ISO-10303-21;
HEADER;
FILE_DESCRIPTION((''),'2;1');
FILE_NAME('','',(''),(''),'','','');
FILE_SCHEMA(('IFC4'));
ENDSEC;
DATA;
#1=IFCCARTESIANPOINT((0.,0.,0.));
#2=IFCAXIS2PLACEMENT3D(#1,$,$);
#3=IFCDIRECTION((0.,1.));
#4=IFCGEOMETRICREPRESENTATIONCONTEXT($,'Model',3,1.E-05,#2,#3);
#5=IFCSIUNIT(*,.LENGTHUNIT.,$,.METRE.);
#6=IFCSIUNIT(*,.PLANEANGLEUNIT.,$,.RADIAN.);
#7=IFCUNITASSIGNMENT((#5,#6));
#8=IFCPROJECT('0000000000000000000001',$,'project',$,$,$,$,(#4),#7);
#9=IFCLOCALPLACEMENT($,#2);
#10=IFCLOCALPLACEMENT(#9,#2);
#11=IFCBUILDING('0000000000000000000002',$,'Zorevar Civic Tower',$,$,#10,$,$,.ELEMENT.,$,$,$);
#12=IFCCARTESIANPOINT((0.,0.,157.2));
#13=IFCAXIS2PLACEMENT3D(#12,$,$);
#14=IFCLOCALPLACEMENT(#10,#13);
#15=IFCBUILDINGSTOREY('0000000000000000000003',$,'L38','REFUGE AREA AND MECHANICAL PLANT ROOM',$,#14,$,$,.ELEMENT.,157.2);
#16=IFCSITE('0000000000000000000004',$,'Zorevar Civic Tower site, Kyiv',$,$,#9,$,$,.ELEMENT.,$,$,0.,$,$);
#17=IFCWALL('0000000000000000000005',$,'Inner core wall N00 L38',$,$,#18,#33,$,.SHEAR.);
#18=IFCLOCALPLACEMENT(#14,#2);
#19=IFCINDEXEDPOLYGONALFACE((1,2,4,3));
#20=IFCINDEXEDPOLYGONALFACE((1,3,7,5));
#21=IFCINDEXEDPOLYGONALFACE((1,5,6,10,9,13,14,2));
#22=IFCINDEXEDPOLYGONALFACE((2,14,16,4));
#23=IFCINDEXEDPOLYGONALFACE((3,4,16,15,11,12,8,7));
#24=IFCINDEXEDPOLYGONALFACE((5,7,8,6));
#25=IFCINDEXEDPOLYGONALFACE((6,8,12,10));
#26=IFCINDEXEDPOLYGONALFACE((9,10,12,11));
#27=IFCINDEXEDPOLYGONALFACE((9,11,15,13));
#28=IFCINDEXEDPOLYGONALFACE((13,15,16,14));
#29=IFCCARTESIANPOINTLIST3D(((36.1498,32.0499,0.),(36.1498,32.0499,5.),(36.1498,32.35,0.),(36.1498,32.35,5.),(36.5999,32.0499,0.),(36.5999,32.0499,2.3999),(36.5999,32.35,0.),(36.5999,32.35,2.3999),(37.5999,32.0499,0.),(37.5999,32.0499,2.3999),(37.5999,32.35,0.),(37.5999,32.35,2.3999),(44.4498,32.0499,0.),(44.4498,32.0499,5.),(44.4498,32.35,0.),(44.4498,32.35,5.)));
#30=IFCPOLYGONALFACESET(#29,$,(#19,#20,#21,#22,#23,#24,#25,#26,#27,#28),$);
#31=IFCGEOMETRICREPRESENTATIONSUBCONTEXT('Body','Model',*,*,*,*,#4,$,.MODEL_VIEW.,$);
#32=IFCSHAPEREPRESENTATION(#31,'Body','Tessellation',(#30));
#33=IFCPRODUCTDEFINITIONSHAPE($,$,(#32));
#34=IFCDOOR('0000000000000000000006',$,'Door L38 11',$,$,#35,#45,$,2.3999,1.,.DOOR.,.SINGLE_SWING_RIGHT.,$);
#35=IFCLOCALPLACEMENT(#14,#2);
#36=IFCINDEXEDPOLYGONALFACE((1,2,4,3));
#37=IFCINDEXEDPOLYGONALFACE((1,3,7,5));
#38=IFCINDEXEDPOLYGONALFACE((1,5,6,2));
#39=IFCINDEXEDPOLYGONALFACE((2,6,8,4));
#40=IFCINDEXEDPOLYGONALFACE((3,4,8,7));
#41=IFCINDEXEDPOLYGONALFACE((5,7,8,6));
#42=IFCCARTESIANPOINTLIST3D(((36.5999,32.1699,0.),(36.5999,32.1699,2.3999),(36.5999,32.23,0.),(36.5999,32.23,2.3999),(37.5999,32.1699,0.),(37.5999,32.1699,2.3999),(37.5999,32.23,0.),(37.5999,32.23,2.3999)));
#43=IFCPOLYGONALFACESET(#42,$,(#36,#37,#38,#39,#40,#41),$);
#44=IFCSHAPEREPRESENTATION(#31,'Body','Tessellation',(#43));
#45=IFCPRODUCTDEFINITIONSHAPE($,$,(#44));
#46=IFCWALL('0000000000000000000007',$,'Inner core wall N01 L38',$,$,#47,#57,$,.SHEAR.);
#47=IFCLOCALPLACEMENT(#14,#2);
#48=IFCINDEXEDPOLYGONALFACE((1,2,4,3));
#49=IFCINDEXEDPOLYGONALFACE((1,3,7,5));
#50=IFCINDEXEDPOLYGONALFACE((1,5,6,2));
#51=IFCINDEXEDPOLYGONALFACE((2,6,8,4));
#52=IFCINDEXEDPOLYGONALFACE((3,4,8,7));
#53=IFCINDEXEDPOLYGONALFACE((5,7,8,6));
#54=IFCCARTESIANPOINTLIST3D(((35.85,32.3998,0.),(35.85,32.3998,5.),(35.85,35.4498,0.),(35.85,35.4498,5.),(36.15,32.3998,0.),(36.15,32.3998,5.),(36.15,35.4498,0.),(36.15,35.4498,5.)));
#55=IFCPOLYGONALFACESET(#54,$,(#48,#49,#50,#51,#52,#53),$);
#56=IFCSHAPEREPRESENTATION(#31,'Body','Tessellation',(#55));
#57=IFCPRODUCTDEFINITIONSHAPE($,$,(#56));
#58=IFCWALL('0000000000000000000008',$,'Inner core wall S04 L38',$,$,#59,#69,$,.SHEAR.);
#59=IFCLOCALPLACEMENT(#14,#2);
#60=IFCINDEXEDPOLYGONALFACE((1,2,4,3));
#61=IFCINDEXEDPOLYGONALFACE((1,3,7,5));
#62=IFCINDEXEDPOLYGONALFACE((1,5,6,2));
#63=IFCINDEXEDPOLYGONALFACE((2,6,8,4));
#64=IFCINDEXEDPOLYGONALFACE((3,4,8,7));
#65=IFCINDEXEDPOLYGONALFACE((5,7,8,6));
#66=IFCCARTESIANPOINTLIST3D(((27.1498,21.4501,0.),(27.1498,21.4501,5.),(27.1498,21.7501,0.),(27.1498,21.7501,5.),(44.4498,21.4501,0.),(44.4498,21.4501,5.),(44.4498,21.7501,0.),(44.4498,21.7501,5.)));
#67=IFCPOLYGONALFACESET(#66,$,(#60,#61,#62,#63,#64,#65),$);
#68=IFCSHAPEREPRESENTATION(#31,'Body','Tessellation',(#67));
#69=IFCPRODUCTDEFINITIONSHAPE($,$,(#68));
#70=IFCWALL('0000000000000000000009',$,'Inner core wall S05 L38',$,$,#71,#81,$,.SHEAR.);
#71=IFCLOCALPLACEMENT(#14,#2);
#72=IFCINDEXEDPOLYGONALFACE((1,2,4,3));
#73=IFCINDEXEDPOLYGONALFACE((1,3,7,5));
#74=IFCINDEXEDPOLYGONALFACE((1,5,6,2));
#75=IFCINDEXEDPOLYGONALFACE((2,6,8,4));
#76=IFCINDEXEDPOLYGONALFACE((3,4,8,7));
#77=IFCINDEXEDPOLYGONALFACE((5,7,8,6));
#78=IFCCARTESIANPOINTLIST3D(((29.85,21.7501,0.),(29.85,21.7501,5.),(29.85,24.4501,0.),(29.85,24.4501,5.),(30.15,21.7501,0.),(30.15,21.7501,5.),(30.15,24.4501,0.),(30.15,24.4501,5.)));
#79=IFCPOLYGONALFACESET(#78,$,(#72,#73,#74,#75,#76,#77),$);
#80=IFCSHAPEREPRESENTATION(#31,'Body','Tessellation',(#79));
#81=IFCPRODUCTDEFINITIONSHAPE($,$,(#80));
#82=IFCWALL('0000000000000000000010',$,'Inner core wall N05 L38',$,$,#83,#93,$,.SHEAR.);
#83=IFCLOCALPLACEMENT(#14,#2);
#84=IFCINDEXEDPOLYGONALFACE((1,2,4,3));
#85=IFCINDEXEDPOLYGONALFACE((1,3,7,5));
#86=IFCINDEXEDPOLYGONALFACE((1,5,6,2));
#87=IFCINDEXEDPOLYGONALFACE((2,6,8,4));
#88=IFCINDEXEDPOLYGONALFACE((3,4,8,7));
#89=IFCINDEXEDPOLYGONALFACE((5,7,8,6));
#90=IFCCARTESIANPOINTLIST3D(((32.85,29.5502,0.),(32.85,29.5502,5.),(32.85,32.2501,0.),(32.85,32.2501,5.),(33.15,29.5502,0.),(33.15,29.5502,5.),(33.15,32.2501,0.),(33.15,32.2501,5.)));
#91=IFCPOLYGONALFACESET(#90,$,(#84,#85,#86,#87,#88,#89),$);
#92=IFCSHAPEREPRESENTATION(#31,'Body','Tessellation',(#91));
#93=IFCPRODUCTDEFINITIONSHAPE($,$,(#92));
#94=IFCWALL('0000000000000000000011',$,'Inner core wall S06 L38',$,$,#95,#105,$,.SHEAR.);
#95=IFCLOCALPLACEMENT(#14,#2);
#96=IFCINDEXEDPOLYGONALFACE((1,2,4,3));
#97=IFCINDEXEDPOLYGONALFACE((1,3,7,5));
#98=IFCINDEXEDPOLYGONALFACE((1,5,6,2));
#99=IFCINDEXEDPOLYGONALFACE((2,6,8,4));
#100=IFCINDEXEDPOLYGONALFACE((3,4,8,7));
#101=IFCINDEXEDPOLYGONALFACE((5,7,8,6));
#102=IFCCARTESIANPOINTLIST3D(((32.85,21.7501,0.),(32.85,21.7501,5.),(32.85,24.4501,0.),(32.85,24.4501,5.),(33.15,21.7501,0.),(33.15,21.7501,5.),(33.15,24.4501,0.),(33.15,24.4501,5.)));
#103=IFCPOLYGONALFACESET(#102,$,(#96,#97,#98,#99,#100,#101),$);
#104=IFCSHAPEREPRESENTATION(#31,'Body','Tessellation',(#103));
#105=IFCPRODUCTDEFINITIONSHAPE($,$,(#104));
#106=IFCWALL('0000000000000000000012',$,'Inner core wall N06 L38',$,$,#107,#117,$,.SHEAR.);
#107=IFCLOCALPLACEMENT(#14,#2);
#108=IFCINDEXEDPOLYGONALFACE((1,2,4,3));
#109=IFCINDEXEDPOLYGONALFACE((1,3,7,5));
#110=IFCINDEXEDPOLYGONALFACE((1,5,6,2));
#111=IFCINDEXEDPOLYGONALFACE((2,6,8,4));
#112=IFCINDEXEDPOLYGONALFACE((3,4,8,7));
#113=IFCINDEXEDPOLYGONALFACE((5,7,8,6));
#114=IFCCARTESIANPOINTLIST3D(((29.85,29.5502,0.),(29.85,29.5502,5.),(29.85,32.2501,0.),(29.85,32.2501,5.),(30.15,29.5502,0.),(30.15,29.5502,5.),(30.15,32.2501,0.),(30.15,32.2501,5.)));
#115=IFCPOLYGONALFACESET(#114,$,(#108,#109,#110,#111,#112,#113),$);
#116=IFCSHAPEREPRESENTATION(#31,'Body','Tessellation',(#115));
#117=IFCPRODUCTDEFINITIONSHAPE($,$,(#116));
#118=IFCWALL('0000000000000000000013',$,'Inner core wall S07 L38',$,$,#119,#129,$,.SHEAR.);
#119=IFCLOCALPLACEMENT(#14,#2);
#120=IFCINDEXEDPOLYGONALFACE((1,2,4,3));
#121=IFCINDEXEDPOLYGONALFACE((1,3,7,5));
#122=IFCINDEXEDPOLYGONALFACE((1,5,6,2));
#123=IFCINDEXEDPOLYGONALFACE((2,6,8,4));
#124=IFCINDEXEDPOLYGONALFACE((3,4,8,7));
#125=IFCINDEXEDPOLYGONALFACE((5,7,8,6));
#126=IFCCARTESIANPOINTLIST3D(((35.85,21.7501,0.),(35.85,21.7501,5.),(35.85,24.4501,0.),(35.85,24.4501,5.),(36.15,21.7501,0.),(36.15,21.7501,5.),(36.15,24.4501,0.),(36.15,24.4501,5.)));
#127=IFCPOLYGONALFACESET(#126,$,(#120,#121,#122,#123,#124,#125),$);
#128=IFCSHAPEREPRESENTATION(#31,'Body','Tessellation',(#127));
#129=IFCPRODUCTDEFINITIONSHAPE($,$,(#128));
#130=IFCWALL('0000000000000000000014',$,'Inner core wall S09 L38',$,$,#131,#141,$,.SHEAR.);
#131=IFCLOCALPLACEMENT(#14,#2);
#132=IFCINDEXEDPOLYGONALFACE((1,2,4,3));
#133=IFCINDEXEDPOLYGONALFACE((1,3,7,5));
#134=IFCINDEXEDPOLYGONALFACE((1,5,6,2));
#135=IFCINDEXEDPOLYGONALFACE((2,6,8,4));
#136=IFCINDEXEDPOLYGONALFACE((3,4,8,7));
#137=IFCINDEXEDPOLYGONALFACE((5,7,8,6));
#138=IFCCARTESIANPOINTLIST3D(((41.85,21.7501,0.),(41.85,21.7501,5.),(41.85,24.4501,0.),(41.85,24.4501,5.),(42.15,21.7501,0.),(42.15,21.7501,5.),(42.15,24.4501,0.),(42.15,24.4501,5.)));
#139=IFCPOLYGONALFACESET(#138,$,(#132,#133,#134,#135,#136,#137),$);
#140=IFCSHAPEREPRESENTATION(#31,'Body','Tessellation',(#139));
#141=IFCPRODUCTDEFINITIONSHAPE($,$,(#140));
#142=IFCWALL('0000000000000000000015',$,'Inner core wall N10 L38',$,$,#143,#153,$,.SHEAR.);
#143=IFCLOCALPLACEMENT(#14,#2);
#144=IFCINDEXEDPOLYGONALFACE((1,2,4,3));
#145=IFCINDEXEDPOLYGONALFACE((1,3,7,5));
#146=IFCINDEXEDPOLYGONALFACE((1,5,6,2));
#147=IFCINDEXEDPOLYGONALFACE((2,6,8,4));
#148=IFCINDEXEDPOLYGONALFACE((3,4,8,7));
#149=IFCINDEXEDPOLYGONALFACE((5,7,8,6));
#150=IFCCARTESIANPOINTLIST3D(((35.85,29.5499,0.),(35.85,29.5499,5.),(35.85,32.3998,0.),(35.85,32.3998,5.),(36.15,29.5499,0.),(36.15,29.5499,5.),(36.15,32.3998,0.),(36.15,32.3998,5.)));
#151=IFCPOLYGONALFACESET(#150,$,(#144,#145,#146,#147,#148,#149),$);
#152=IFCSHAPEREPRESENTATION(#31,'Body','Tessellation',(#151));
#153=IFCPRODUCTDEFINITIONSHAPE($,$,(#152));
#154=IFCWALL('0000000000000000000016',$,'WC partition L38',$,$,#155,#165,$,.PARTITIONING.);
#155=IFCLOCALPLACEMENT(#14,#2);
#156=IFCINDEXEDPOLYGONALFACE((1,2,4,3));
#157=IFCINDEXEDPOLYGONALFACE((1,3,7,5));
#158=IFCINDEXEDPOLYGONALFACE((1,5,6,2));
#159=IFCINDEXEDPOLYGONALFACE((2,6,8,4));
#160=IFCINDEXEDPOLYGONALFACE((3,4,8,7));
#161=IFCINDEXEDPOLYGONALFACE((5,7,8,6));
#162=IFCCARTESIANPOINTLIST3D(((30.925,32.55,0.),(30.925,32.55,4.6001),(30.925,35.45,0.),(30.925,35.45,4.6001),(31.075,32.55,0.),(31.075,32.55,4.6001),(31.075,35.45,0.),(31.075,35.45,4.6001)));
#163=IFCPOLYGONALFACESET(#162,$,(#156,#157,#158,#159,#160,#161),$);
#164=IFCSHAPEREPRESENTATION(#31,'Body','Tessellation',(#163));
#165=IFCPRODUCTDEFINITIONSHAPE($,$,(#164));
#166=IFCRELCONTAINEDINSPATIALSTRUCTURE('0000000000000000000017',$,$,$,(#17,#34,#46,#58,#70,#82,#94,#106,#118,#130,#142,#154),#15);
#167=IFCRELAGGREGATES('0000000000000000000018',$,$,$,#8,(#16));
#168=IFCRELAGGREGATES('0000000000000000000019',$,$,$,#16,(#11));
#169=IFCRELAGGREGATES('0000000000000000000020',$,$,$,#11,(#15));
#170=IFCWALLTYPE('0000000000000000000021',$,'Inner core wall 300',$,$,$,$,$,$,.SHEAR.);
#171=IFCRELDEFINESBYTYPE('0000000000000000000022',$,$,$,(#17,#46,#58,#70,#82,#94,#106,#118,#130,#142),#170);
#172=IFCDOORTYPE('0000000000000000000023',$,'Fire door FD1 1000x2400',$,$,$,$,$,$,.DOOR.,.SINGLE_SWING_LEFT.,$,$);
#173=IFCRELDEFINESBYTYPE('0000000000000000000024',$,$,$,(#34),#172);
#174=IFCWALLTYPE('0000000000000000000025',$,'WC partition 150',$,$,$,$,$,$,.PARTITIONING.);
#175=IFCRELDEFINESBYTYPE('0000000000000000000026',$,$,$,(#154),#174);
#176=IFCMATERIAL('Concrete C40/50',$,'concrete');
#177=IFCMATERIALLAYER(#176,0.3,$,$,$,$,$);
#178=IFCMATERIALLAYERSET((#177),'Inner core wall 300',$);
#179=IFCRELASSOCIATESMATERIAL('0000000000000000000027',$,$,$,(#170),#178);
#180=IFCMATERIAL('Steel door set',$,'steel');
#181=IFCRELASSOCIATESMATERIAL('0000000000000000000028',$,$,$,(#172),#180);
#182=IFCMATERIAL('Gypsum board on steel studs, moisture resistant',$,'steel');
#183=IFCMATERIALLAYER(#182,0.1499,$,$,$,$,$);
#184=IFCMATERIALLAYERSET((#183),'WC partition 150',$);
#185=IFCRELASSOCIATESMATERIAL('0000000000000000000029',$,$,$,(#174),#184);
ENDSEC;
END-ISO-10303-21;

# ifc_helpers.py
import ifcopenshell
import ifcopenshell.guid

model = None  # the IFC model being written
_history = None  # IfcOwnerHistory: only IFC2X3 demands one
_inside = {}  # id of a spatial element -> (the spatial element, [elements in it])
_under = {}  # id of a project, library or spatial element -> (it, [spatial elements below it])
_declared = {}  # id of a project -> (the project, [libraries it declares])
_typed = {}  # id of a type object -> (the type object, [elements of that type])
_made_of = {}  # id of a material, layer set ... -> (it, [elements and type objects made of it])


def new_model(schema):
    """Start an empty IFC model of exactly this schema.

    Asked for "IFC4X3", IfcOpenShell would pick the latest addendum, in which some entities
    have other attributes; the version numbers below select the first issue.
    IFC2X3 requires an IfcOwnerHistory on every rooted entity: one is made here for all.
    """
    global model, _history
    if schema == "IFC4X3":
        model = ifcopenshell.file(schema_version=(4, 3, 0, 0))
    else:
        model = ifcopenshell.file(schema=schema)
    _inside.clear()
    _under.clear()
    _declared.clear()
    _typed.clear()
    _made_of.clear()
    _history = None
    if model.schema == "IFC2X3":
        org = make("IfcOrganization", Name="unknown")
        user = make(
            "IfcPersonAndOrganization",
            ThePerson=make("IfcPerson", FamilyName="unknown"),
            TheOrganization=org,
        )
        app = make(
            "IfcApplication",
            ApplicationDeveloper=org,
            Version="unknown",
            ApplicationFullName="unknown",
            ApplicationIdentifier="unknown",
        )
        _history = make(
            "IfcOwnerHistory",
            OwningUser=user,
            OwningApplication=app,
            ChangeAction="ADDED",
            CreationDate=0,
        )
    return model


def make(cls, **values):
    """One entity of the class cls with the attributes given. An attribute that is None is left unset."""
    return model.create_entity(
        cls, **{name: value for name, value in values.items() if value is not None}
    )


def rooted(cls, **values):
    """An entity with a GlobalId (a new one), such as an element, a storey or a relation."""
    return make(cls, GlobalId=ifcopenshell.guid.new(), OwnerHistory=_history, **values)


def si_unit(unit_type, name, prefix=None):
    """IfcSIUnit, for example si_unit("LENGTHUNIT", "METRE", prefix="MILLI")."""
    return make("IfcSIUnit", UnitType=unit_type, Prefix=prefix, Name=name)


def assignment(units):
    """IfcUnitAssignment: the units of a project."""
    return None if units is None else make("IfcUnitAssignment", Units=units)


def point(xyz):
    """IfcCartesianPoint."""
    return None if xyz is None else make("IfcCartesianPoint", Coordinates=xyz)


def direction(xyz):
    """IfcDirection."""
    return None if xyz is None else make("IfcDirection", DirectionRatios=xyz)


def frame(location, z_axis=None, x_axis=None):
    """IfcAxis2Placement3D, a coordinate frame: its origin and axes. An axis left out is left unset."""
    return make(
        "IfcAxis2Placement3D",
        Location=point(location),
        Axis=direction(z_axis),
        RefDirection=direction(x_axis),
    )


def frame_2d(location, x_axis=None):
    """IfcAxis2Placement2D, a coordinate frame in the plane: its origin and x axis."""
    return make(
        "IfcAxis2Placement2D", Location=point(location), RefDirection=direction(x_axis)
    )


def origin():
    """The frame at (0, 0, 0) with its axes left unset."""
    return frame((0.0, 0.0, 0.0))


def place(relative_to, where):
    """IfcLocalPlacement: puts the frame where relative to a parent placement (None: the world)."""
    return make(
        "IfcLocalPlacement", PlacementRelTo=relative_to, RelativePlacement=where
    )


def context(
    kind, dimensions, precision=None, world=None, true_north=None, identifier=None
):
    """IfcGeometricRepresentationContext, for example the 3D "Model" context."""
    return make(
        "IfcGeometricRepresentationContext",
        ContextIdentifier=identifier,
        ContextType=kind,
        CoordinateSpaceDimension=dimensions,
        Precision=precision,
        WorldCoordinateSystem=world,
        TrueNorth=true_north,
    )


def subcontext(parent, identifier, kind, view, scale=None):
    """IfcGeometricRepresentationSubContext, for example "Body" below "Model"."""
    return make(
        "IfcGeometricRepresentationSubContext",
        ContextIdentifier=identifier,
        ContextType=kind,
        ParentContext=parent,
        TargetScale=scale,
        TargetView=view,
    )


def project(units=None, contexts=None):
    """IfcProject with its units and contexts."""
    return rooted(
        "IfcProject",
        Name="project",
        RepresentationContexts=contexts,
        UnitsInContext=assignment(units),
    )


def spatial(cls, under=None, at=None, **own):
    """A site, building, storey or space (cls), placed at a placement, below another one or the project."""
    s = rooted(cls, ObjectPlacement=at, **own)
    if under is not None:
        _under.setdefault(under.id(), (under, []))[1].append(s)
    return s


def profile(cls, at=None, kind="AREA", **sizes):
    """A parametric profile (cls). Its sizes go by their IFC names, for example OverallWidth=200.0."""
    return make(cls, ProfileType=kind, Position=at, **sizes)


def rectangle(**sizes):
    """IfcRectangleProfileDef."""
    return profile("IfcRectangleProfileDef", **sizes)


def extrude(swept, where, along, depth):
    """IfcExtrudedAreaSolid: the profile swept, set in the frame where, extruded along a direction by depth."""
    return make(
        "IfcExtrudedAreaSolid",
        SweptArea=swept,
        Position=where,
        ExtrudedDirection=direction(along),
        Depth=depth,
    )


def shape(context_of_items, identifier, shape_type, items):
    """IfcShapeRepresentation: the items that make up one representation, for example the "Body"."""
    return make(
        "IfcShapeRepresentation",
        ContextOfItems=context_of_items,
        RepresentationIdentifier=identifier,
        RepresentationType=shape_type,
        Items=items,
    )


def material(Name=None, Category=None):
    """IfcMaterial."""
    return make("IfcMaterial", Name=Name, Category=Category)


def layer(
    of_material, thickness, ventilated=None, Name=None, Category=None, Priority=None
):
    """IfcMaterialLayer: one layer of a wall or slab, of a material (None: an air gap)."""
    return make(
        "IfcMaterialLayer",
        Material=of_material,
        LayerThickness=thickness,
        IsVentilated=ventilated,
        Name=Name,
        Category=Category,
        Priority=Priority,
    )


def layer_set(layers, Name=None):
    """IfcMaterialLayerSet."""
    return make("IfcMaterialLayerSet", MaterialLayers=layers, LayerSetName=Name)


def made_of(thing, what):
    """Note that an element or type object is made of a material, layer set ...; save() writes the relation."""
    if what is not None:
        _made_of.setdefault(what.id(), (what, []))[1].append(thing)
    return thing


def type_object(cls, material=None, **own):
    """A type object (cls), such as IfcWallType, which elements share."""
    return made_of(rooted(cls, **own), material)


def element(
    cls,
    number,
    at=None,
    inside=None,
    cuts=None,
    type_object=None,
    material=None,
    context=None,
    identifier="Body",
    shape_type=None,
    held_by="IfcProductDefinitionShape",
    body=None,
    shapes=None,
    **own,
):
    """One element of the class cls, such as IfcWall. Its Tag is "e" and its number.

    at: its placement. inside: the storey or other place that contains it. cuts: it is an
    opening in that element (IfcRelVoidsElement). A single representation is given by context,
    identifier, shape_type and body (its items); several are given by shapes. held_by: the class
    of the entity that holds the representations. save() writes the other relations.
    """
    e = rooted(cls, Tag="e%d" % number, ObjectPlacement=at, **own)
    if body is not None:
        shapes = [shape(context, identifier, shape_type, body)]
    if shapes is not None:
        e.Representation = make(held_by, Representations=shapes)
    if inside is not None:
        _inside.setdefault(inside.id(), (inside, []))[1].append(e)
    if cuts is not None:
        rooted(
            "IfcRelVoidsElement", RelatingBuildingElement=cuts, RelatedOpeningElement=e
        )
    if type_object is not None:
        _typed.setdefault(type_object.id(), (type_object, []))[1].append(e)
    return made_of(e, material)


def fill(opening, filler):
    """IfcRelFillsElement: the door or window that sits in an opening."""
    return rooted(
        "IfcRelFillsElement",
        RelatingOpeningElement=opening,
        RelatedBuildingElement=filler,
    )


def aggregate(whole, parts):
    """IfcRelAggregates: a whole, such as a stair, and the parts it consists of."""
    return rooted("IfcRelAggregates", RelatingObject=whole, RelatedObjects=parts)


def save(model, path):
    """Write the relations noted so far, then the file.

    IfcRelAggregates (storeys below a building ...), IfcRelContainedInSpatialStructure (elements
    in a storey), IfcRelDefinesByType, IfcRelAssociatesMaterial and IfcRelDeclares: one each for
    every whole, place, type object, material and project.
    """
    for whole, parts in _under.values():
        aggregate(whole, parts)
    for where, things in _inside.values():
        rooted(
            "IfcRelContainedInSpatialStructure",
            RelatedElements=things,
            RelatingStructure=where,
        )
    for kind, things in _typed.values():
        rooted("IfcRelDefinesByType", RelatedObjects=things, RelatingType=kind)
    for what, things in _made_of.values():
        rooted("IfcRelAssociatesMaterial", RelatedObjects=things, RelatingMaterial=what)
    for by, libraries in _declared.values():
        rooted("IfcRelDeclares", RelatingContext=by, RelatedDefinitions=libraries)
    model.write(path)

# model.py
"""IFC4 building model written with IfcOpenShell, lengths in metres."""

from ifc_helpers import new_model, si_unit, direction, frame, frame_2d, origin, place, context, subcontext, project, spatial, rectangle, extrude, material, layer, layer_set, type_object, element, fill, save


model = new_model("IFC4")

# Units and contexts
model_context = context("Model", 3, precision=1e-05, world=origin(), true_north=direction((0.0, 1.0)))
body_context = subcontext(model_context, "Body", "Model", "MODEL_VIEW")
ifc_project = project(units=[si_unit("LENGTHUNIT", "METRE"), si_unit("PLANEANGLEUNIT", "RADIAN")], contexts=[model_context])

# Site, building, storey
site_placement = place(None, origin())
site = spatial("IfcSite", under=ifc_project, at=site_placement, Name="Zorevar Civic Tower site, Kyiv", CompositionType="ELEMENT", RefElevation=0.0)
building_placement = place(site_placement, origin())
building = spatial("IfcBuilding", under=site, at=building_placement, Name="Zorevar Civic Tower", CompositionType="ELEMENT")
storey_placement = place(building_placement, frame((0.0, 0.0, 157.2)))
storey = spatial("IfcBuildingStorey", under=building, at=storey_placement, Name="L38", Description="REFUGE AREA AND MECHANICAL PLANT ROOM", CompositionType="ELEMENT", Elevation=157.2)

# Wall, opening, door
ifc_material_1 = material(Name="Concrete C40/50", Category="concrete")
ifc_layer_1 = layer(ifc_material_1, 0.3)
ifc_layer_set_1 = layer_set([ifc_layer_1], Name="Inner core wall 300")
wall_type_1 = type_object("IfcWallType", Name="Inner core wall 300", PredefinedType="SHEAR", material=ifc_layer_set_1)
wall_1_placement = place(storey_placement, frame((36.1499, 32.2, 0.0), z_axis=(0.0, 0.0, 1.0), x_axis=(1.0, 0.0, 0.0)))
wall_1 = element("IfcWall", 1, at=wall_1_placement, inside=storey, type_object=wall_type_1, Name="Inner core wall N00 L38", PredefinedType="SHEAR", context=body_context, shape_type="SweptSolid", body=[
    extrude(rectangle(XDim=8.3, YDim=0.3, at=frame_2d((4.1499, 0.0))), origin(), (0.0, 0.0, 1.0), 5.0),
])
opening_1_placement = place(wall_1_placement, frame((0.45, 0.0, 0.0)))
opening_1 = element("IfcOpeningElement", 2, at=opening_1_placement, cuts=wall_1, PredefinedType="OPENING", context=body_context, shape_type="SweptSolid", body=[
    extrude(rectangle(XDim=1.0, YDim=2.3999, at=frame_2d((0.5, 1.2))), frame((0.0, 0.1599, 0.0), z_axis=(0.0, -1.0, 0.0), x_axis=(1.0, 0.0, 0.0)), (0.0, 0.0, 1.0), 0.3201),
])
ifc_material_2 = material(Name="Steel door set", Category="steel")
door_type_1 = type_object("IfcDoorType", Name="Fire door FD1 1000x2400", OperationType="SINGLE_SWING_LEFT", PredefinedType="DOOR", material=ifc_material_2)
door_1_placement = place(opening_1_placement, origin())
door_1 = element("IfcDoor", 3, at=door_1_placement, inside=storey, type_object=door_type_1, Name="Door L38 11", OperationType="SINGLE_SWING_RIGHT", OverallHeight=2.3999, OverallWidth=1.0, PredefinedType="DOOR", context=body_context, shape_type="SweptSolid", body=[
    extrude(rectangle(XDim=1.0, YDim=2.3999, at=frame_2d((0.5, 1.2))), frame((0.0, 0.03, 0.0), z_axis=(0.0, -1.0, 0.0), x_axis=(1.0, 0.0, 0.0)), (0.0, 0.0, 1.0), 0.0601),
])
fill(opening_1, door_1)

# Wall
wall_2_placement = place(storey_placement, frame((36.0, 32.3999, 0.0), z_axis=(0.0, 0.0, 1.0), x_axis=(0.0, 1.0, 0.0)))
element("IfcWall", 4, at=wall_2_placement, inside=storey, type_object=wall_type_1, Name="Inner core wall N01 L38", PredefinedType="SHEAR", context=body_context, shape_type="SweptSolid", body=[
    extrude(rectangle(XDim=3.05, YDim=0.3, at=frame_2d((1.5249, 0.0))), origin(), (0.0, 0.0, 1.0), 5.0),
])

# Walls
wall_3_placement = place(storey_placement, frame((27.1499, 21.6001, 0.0), z_axis=(0.0, 0.0, 1.0), x_axis=(1.0, 0.0, 0.0)))
element("IfcWall", 5, at=wall_3_placement, inside=storey, type_object=wall_type_1, Name="Inner core wall S04 L38", PredefinedType="SHEAR", context=body_context, shape_type="SweptSolid", body=[
    extrude(rectangle(XDim=17.3, YDim=0.3, at=frame_2d((8.6499, 0.0))), origin(), (0.0, 0.0, 1.0), 5.0),
])
for number, where, z_axis, x_axis, name in (
    (6, (30.0, 21.75, 0.0), (0.0, 0.0, 1.0), (0.0, 1.0, 0.0), "Inner core wall S05 L38"),
    (7, (33.0, 29.55, 0.0), (0.0, 0.0, 1.0), (0.0, 1.0, 0.0), "Inner core wall N05 L38"),
    (8, (33.0, 21.75, 0.0), (0.0, 0.0, 1.0), (0.0, 1.0, 0.0), "Inner core wall S06 L38"),
    (9, (30.0, 29.55, 0.0), (0.0, 0.0, 1.0), (0.0, 1.0, 0.0), "Inner core wall N06 L38"),
    (10, (36.0, 21.75, 0.0), (0.0, 0.0, 1.0), (0.0, 1.0, 0.0), "Inner core wall S07 L38"),
    (11, (42.0, 21.75, 0.0), (0.0, 0.0, 1.0), (0.0, 1.0, 0.0), "Inner core wall S09 L38"),
):
    element("IfcWall", number, at=place(storey_placement, frame(where, z_axis=z_axis, x_axis=x_axis)), inside=storey, type_object=wall_type_1, Name=name, PredefinedType="SHEAR", context=body_context, shape_type="SweptSolid", body=[
        extrude(rectangle(XDim=2.7, YDim=0.3, at=frame_2d((1.3501, 0.0))), origin(), (0.0, 0.0, 1.0), 5.0),
    ])
wall_4_placement = place(storey_placement, frame((36.0, 29.55, 0.0), z_axis=(0.0, 0.0, 1.0), x_axis=(0.0, 1.0, 0.0)))
element("IfcWall", 12, at=wall_4_placement, inside=storey, type_object=wall_type_1, Name="Inner core wall N10 L38", PredefinedType="SHEAR", context=body_context, shape_type="SweptSolid", body=[
    extrude(rectangle(XDim=2.8499, YDim=0.3, at=frame_2d((1.4248, 0.0))), origin(), (0.0, 0.0, 1.0), 5.0),
])
ifc_material_3 = material(Name="Gypsum board on steel studs, moisture resistant", Category="steel")
ifc_layer_2 = layer(ifc_material_3, 0.1499)
ifc_layer_set_2 = layer_set([ifc_layer_2], Name="WC partition 150")
wall_type_2 = type_object("IfcWallType", Name="WC partition 150", PredefinedType="PARTITIONING", material=ifc_layer_set_2)
wall_5_placement = place(storey_placement, frame((31.0, 32.55, 0.0), z_axis=(0.0, 0.0, 1.0), x_axis=(0.0, 1.0, 0.0)))
element("IfcWall", 13, at=wall_5_placement, inside=storey, type_object=wall_type_2, Name="WC partition L38", PredefinedType="PARTITIONING", context=body_context, shape_type="SweptSolid", body=[
    extrude(rectangle(XDim=2.8999, YDim=0.1499, at=frame_2d((1.45, 0.0))), origin(), (0.0, 0.0, 1.0), 4.6001),
])

save(model, "model.ifc")
